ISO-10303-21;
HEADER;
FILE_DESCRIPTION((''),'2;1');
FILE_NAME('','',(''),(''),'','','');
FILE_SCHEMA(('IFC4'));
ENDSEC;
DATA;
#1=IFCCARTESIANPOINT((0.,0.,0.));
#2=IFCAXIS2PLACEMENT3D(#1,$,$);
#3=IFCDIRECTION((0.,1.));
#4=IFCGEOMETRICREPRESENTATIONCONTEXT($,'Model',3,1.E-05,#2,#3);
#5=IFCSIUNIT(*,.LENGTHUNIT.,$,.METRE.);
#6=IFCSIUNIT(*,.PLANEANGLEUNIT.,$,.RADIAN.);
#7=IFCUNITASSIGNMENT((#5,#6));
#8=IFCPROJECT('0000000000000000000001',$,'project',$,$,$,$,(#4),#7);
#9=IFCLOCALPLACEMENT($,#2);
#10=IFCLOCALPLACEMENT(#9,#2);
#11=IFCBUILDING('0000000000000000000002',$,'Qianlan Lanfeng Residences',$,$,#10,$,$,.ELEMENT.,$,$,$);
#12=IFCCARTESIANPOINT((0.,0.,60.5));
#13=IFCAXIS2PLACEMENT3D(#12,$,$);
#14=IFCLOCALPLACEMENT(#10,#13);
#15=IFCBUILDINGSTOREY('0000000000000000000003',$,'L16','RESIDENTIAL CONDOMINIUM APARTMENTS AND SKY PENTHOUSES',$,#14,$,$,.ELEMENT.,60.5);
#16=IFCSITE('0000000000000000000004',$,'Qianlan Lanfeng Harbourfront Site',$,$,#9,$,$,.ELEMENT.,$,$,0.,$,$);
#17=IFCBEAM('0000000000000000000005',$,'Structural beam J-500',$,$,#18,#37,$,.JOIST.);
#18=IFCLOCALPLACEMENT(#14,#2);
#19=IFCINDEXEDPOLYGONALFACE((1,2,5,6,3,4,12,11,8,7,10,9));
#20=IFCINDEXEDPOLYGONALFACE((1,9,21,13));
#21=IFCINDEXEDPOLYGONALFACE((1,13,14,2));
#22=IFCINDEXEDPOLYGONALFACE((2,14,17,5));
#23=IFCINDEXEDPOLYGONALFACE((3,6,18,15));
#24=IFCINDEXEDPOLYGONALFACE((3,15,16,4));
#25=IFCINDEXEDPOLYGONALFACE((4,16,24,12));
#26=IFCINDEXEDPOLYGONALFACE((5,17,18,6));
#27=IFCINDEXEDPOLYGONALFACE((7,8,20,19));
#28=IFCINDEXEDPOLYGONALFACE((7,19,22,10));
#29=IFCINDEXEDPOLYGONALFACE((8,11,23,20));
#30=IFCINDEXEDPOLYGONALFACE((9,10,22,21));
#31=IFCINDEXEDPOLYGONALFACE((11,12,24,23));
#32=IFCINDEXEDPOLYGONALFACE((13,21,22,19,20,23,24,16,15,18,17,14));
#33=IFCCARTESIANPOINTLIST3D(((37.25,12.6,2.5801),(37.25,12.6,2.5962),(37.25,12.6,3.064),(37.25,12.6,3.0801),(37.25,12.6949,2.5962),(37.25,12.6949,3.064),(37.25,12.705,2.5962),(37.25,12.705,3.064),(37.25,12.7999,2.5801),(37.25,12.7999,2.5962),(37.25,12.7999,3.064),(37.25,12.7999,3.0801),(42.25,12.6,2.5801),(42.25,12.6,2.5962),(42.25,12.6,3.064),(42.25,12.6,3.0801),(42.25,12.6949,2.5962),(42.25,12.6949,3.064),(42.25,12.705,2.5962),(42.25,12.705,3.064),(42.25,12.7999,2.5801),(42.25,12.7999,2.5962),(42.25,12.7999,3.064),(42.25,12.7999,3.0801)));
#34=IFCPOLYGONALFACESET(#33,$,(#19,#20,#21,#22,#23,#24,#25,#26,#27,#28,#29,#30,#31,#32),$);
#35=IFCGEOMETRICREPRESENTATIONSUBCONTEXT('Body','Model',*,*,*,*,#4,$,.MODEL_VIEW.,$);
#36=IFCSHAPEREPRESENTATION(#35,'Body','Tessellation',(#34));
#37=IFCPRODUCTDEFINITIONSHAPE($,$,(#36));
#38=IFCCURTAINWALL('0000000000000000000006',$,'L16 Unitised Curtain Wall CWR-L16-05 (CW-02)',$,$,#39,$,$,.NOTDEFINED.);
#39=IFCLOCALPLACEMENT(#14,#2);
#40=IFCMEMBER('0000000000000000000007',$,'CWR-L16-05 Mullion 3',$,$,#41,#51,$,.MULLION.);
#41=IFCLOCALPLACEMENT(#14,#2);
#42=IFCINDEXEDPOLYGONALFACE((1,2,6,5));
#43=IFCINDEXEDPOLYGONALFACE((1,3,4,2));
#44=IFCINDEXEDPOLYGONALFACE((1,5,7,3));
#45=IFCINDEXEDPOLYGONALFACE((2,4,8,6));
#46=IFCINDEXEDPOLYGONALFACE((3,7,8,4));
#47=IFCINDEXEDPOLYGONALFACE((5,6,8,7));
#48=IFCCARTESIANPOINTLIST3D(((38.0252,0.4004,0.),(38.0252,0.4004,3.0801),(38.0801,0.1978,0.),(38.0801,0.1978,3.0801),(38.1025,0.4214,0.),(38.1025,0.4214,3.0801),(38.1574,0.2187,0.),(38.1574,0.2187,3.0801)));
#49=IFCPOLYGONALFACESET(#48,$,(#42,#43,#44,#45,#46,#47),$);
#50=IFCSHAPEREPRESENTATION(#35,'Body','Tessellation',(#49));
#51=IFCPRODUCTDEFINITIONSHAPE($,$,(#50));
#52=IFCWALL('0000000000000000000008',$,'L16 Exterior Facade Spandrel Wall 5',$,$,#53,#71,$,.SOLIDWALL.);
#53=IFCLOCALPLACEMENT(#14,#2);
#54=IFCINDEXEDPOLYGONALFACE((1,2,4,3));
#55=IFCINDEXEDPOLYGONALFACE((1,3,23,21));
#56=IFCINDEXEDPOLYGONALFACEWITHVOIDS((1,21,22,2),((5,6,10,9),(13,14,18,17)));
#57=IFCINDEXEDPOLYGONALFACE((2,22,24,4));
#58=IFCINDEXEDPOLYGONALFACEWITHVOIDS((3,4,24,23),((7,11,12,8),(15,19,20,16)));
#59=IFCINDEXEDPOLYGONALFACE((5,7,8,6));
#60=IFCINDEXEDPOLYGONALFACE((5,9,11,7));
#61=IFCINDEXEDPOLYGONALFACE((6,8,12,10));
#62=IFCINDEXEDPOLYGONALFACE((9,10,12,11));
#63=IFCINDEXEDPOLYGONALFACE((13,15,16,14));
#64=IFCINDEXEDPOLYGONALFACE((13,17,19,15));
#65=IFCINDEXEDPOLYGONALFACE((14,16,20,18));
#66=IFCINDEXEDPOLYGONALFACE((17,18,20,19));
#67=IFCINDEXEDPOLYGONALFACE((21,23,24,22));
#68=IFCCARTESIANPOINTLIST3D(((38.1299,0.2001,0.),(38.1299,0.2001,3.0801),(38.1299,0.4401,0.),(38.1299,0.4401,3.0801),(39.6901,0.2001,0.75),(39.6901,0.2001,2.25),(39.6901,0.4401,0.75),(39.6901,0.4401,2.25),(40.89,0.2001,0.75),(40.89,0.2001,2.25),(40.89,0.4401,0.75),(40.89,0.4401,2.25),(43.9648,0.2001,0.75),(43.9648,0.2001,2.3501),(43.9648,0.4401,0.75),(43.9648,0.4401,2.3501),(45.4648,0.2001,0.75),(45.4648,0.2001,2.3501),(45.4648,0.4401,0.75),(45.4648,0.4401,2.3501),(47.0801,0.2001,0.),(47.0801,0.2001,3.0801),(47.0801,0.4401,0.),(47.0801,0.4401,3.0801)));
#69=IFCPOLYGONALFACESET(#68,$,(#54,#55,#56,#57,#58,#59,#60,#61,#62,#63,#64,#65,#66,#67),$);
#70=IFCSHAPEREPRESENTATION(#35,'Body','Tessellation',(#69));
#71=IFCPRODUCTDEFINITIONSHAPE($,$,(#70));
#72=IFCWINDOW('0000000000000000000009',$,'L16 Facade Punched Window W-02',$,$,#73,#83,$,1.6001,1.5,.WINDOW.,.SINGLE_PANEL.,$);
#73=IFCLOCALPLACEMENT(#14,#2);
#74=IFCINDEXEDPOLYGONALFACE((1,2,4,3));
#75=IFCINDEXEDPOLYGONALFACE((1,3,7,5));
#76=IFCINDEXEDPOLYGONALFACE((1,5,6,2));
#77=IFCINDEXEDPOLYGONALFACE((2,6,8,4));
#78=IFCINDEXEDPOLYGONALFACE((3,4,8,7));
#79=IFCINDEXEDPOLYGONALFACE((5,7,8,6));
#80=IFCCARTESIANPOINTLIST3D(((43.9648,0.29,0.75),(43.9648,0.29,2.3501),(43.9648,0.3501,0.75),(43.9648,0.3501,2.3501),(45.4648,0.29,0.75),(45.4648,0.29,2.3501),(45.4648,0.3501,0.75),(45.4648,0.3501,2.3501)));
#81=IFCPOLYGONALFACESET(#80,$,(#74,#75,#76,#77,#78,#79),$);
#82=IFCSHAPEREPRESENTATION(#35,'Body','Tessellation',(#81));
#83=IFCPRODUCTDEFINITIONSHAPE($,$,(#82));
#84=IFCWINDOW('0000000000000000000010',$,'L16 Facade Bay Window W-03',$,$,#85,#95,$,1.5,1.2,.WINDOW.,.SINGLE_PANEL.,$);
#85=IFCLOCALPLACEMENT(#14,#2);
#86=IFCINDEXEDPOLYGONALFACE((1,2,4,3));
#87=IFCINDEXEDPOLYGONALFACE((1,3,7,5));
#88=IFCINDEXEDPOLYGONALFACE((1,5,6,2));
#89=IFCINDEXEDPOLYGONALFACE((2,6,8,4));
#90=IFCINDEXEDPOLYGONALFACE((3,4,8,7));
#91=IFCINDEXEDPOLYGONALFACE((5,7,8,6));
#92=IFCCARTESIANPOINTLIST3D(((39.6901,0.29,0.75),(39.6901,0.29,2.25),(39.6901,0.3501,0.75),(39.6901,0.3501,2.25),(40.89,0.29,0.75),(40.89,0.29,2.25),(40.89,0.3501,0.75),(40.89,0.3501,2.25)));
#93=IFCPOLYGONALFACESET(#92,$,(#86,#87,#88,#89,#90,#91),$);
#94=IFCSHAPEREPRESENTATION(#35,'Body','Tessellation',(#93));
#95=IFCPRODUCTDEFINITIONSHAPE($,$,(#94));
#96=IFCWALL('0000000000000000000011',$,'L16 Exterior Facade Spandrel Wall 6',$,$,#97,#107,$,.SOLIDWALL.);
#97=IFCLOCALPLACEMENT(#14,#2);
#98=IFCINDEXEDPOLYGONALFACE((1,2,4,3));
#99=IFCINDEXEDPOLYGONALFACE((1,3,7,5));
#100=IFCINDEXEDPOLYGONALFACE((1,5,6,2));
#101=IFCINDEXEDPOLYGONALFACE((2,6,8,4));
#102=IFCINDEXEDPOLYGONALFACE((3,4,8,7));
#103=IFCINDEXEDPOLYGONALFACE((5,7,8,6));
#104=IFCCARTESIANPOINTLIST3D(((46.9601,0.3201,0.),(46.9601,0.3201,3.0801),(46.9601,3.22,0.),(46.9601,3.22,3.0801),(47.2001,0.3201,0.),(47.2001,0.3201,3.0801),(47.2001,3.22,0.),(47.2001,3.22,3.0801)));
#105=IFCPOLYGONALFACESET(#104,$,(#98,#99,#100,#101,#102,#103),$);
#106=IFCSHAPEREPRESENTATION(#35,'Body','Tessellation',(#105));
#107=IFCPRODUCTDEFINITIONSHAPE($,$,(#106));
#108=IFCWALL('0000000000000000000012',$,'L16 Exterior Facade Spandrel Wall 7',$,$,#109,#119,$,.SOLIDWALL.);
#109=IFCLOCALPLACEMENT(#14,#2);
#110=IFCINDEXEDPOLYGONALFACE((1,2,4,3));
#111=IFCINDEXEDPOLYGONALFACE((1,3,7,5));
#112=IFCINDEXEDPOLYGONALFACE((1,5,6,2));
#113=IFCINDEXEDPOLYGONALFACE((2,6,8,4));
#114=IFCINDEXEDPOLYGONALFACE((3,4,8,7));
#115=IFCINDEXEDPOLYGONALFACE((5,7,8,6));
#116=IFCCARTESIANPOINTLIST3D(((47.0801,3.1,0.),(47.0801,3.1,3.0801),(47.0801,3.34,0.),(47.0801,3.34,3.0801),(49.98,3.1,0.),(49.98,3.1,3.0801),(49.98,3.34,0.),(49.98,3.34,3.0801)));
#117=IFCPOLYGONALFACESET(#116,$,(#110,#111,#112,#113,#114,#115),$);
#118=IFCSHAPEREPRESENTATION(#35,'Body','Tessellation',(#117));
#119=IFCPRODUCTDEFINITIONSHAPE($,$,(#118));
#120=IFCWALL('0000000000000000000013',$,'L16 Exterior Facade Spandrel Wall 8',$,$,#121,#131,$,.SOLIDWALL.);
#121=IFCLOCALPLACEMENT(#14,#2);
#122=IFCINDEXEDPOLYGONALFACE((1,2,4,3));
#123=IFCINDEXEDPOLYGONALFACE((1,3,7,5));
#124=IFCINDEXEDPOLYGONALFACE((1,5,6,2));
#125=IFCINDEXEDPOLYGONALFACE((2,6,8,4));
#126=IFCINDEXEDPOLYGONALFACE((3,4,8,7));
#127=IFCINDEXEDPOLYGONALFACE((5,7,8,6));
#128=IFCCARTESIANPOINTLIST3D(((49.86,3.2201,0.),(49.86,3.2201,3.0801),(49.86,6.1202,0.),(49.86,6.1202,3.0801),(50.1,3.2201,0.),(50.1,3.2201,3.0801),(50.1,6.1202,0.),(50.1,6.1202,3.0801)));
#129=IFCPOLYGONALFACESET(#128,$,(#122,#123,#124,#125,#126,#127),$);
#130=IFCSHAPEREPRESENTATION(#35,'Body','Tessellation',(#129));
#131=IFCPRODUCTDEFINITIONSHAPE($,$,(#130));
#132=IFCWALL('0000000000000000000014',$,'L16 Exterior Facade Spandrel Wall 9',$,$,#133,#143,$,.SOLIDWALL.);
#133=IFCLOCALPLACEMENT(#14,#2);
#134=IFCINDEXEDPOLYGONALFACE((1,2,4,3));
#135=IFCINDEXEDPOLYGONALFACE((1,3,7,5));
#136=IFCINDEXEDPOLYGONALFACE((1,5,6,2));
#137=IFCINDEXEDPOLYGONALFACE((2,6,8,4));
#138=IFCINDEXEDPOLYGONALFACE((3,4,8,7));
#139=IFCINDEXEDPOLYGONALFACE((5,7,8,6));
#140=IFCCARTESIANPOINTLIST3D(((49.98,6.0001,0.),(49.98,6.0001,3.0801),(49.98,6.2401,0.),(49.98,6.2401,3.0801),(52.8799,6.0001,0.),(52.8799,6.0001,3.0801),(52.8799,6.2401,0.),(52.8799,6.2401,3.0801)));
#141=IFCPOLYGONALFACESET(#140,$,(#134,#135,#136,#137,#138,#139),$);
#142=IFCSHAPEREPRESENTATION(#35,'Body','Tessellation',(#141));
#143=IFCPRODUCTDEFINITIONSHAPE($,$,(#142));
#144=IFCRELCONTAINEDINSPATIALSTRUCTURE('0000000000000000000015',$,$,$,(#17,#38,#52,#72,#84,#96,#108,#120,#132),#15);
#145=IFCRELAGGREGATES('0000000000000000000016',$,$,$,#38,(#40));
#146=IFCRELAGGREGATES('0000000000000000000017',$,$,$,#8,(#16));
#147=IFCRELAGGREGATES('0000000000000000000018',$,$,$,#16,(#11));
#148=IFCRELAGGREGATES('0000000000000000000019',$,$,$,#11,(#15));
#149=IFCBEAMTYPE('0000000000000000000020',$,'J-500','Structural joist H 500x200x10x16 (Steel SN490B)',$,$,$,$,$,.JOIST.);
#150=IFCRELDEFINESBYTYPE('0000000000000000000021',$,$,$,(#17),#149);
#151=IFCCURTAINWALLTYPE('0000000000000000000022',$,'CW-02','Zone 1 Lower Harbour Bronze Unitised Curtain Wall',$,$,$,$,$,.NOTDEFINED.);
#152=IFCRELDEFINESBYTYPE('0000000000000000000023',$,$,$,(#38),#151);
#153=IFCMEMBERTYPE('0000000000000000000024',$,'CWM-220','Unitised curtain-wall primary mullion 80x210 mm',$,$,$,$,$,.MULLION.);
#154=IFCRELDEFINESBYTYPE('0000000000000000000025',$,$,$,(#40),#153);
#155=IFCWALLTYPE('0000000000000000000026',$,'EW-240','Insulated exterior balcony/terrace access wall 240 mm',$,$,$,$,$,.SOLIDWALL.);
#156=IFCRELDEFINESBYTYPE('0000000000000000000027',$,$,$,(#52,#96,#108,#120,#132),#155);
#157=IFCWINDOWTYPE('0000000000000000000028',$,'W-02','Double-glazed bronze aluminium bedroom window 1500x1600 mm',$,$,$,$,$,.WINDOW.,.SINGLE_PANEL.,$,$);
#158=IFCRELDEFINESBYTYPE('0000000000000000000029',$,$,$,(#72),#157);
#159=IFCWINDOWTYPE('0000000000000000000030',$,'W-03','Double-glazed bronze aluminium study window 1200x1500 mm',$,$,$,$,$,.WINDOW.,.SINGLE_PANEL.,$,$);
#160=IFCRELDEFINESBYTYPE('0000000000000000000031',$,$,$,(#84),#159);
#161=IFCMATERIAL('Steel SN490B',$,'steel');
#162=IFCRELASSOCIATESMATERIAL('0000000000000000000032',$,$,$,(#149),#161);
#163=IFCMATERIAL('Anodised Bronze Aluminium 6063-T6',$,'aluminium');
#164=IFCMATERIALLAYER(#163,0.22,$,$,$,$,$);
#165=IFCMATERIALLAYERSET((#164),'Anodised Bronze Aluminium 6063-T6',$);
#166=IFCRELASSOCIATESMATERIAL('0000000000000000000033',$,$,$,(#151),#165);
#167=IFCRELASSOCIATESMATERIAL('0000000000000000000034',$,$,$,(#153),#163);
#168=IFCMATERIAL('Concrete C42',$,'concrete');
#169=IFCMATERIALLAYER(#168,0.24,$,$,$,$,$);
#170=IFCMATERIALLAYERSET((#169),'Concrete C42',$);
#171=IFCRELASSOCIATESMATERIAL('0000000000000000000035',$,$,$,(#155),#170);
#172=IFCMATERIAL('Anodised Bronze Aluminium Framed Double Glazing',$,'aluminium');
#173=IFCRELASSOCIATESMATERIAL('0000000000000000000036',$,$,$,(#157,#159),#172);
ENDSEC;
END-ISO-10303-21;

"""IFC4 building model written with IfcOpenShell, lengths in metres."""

from ifc_helpers import new_model, si_unit, direction, frame, frame_2d, origin, origin_2d, place, context, subcontext, project, spatial, rectangle, i_section, extrude, source, transform, mapped, material, layer, layer_set, material_profile, profile_set, type_object, element, fill, aggregate, save


model = new_model("IFC4")

# Units and contexts
model_context = context("Model", 3, precision=1e-05, world=origin(), true_north=direction((0.0, 1.0)))
body_context = subcontext(model_context, "Body", "Model", "MODEL_VIEW")
ifc_project = project(units=[si_unit("LENGTHUNIT", "METRE"), si_unit("PLANEANGLEUNIT", "RADIAN")], contexts=[model_context])

# Site, building, storey
site_placement = place(None, origin())
site = spatial("IfcSite", under=ifc_project, at=site_placement, Name="Qianlan Lanfeng Harbourfront Site", CompositionType="ELEMENT", RefElevation=0.0)
building_placement = place(site_placement, origin())
building = spatial("IfcBuilding", under=site, at=building_placement, Name="Qianlan Lanfeng Residences", CompositionType="ELEMENT")
storey_placement = place(building_placement, frame((0.0, 0.0, 60.5)))
storey = spatial("IfcBuildingStorey", under=building, at=storey_placement, Name="L16", Description="RESIDENTIAL CONDOMINIUM APARTMENTS AND SKY PENTHOUSES", CompositionType="ELEMENT", Elevation=60.5)

# Shared definitions
ifc_material_1 = material(Name="Steel SN490B", Category="steel")

# Beam
ifc_material_profile_1 = material_profile(ifc_material_1, i_section(OverallWidth=0.2, OverallDepth=0.5, WebThickness=0.01, FlangeThickness=0.0161, at=origin_2d()), Name="H 500x200x10x16")
ifc_profile_set_1 = profile_set([ifc_material_profile_1], Name="Steel SN490B")
beam_type_1 = type_object("IfcBeamType", Name="J-500", Description="Structural joist H 500x200x10x16 (Steel SN490B)", PredefinedType="JOIST", material=ifc_profile_set_1)
beam_1_placement = place(storey_placement, frame((37.25, 12.7, 2.8301), z_axis=(1.0, 0.0, 0.0), x_axis=(0.0, 1.0, 0.0)))
element("IfcBeam", 1, at=beam_1_placement, inside=storey, type_object=beam_type_1, Name="Structural beam J-500", PredefinedType="JOIST", context=body_context, shape_type="SweptSolid", body=[
    extrude(i_section(OverallWidth=0.2, OverallDepth=0.5, WebThickness=0.01, FlangeThickness=0.0161, at=origin_2d()), origin(), (0.0, 0.0, 1.0), 5.0),
])

# Curtain wall, member
ifc_material_2 = material(Name="Anodised Bronze Aluminium 6063-T6", Category="aluminium")
ifc_layer_1 = layer(ifc_material_2, 0.22)
ifc_layer_set_1 = layer_set([ifc_layer_1], Name="Anodised Bronze Aluminium 6063-T6")
curtain_wall_type = type_object("IfcCurtainWallType", Name="CW-02", Description="Zone 1 Lower Harbour Bronze Unitised Curtain Wall", PredefinedType="NOTDEFINED", material=ifc_layer_set_1)
curtain_wall_placement = place(storey_placement, origin())
curtain_wall = element("IfcCurtainWall", 2, at=curtain_wall_placement, inside=storey, type_object=curtain_wall_type, Name="L16 Unitised Curtain Wall CWR-L16-05 (CW-02)", PredefinedType="NOTDEFINED")
ifc_material_profile_2 = material_profile(ifc_material_2, rectangle(XDim=0.0801, YDim=0.21, at=origin_2d()), Name="ALU MULLION 80x210")
ifc_profile_set_2 = profile_set([ifc_material_profile_2], Name="Anodised Bronze Aluminium 6063-T6")
member_type = type_object("IfcMemberType", Name="CWM-220", Description="Unitised curtain-wall primary mullion 80x210 mm", PredefinedType="MULLION", material=ifc_profile_set_2)
shared_shape = source(origin(), body_context, "Body", "SweptSolid", [
    extrude(rectangle(XDim=0.0801, YDim=0.21, at=origin_2d()), origin(), (0.0, 0.0, 1.0), 3.0801),
])
member_placement = place(storey_placement, frame((38.0913, 0.3096, 0.0), z_axis=(0.0, 0.0, 1.0), x_axis=(0.965263, 0.261281, 0.0)))
member = element("IfcMember", 3, at=member_placement, type_object=member_type, Name="CWR-L16-05 Mullion 3", PredefinedType="MULLION", context=body_context, shape_type="MappedRepresentation", body=[
    mapped(shared_shape, transform((0.0, 0.0, 0.0), scale=1.0)),
])
aggregate(curtain_wall, [member])

# Wall, openings, windows
ifc_material_3 = material(Name="Concrete C42", Category="concrete")
ifc_layer_2 = layer(ifc_material_3, 0.24)
ifc_layer_set_2 = layer_set([ifc_layer_2], Name="Concrete C42")
wall_type_1 = type_object("IfcWallType", Name="EW-240", Description="Insulated exterior balcony/terrace access wall 240 mm", PredefinedType="SOLIDWALL", material=ifc_layer_set_2)
wall_1_placement = place(storey_placement, frame((38.1299, 0.3201, 0.0), z_axis=(0.0, 0.0, 1.0), x_axis=(1.0, 0.0, 0.0)))
wall_1 = element("IfcWall", 4, at=wall_1_placement, inside=storey, type_object=wall_type_1, Name="L16 Exterior Facade Spandrel Wall 5", PredefinedType="SOLIDWALL", context=body_context, shape_type="SweptSolid", body=[
    extrude(rectangle(XDim=8.9502, YDim=0.24, at=frame_2d((4.4751, 0.0))), origin(), (0.0, 0.0, 1.0), 3.0801),
])
opening_1_placement = place(wall_1_placement, frame((5.835, 0.0, 0.75)))
opening_1 = element("IfcOpeningElement", 5, at=opening_1_placement, cuts=wall_1, PredefinedType="OPENING", context=body_context, shape_type="SweptSolid", body=[
    extrude(rectangle(XDim=1.5, YDim=1.6001, at=frame_2d((0.75, 0.8))), frame((0.0, 0.1299, 0.0), z_axis=(0.0, -1.0, 0.0), x_axis=(1.0, 0.0, 0.0)), (0.0, 0.0, 1.0), 0.26),
])
opening_2_placement = place(wall_1_placement, frame((1.5601, 0.0, 0.75)))
opening_2 = element("IfcOpeningElement", 6, at=opening_2_placement, cuts=wall_1, PredefinedType="OPENING", context=body_context, shape_type="SweptSolid", body=[
    extrude(rectangle(XDim=1.2, YDim=1.5, at=frame_2d((0.6001, 0.75))), frame((0.0, 0.1299, 0.0), z_axis=(0.0, -1.0, 0.0), x_axis=(1.0, 0.0, 0.0)), (0.0, 0.0, 1.0), 0.26),
])
ifc_material_4 = material(Name="Anodised Bronze Aluminium Framed Double Glazing", Category="aluminium")
window_type_1 = type_object("IfcWindowType", Name="W-02", Description="Double-glazed bronze aluminium bedroom window 1500x1600 mm", PartitioningType="SINGLE_PANEL", PredefinedType="WINDOW", material=ifc_material_4)
window_1_placement = place(opening_1_placement, origin())
window_1 = element("IfcWindow", 7, at=window_1_placement, inside=storey, type_object=window_type_1, Name="L16 Facade Punched Window W-02", OverallHeight=1.6001, OverallWidth=1.5, PartitioningType="SINGLE_PANEL", PredefinedType="WINDOW", context=body_context, shape_type="SweptSolid", body=[
    extrude(rectangle(XDim=1.5, YDim=1.6001, at=frame_2d((0.75, 0.8))), frame((0.0, 0.03, 0.0), z_axis=(0.0, -1.0, 0.0), x_axis=(1.0, 0.0, 0.0)), (0.0, 0.0, 1.0), 0.0601),
])
fill(opening_1, window_1)
window_type_2 = type_object("IfcWindowType", Name="W-03", Description="Double-glazed bronze aluminium study window 1200x1500 mm", PartitioningType="SINGLE_PANEL", PredefinedType="WINDOW", material=ifc_material_4)
window_2_placement = place(opening_2_placement, origin())
window_2 = element("IfcWindow", 8, at=window_2_placement, inside=storey, type_object=window_type_2, Name="L16 Facade Bay Window W-03", OverallHeight=1.5, OverallWidth=1.2, PartitioningType="SINGLE_PANEL", PredefinedType="WINDOW", context=body_context, shape_type="SweptSolid", body=[
    extrude(rectangle(XDim=1.2, YDim=1.5, at=frame_2d((0.6001, 0.75))), frame((0.0, 0.03, 0.0), z_axis=(0.0, -1.0, 0.0), x_axis=(1.0, 0.0, 0.0)), (0.0, 0.0, 1.0), 0.0601),
])
fill(opening_2, window_2)

# Walls
for number, where, z_axis, x_axis, name in (
    (9, (47.0801, 0.3201, 0.0), (0.0, 0.0, 1.0), (0.0, 1.0, 0.0), "L16 Exterior Facade Spandrel Wall 6"),
    (10, (47.0801, 3.22, 0.0), (0.0, 0.0, 1.0), (1.0, 0.0, 0.0), "L16 Exterior Facade Spandrel Wall 7"),
):
    element("IfcWall", number, at=place(storey_placement, frame(where, z_axis=z_axis, x_axis=x_axis)), inside=storey, type_object=wall_type_1, Name=name, PredefinedType="SOLIDWALL", context=body_context, shape_type="SweptSolid", body=[
        extrude(rectangle(XDim=2.8999, YDim=0.24, at=frame_2d((1.45, 0.0))), origin(), (0.0, 0.0, 1.0), 3.0801),
    ])
wall_2_placement = place(storey_placement, frame((49.98, 3.22, 0.0), z_axis=(0.0, 0.0, 1.0), x_axis=(0.0, 1.0, 0.0)))
element("IfcWall", 11, at=wall_2_placement, inside=storey, type_object=wall_type_1, Name="L16 Exterior Facade Spandrel Wall 8", PredefinedType="SOLIDWALL", context=body_context, shape_type="SweptSolid", body=[
    extrude(rectangle(XDim=2.9001, YDim=0.24, at=frame_2d((1.4502, 0.0))), origin(), (0.0, 0.0, 1.0), 3.0801),
])
wall_3_placement = place(storey_placement, frame((49.98, 6.1201, 0.0), z_axis=(0.0, 0.0, 1.0), x_axis=(1.0, 0.0, 0.0)))
element("IfcWall", 12, at=wall_3_placement, inside=storey, type_object=wall_type_1, Name="L16 Exterior Facade Spandrel Wall 9", PredefinedType="SOLIDWALL", context=body_context, shape_type="SweptSolid", body=[
    extrude(rectangle(XDim=2.8999, YDim=0.24, at=frame_2d((1.45, 0.0))), origin(), (0.0, 0.0, 1.0), 3.0801),
])

save(model, "model.ifc")
